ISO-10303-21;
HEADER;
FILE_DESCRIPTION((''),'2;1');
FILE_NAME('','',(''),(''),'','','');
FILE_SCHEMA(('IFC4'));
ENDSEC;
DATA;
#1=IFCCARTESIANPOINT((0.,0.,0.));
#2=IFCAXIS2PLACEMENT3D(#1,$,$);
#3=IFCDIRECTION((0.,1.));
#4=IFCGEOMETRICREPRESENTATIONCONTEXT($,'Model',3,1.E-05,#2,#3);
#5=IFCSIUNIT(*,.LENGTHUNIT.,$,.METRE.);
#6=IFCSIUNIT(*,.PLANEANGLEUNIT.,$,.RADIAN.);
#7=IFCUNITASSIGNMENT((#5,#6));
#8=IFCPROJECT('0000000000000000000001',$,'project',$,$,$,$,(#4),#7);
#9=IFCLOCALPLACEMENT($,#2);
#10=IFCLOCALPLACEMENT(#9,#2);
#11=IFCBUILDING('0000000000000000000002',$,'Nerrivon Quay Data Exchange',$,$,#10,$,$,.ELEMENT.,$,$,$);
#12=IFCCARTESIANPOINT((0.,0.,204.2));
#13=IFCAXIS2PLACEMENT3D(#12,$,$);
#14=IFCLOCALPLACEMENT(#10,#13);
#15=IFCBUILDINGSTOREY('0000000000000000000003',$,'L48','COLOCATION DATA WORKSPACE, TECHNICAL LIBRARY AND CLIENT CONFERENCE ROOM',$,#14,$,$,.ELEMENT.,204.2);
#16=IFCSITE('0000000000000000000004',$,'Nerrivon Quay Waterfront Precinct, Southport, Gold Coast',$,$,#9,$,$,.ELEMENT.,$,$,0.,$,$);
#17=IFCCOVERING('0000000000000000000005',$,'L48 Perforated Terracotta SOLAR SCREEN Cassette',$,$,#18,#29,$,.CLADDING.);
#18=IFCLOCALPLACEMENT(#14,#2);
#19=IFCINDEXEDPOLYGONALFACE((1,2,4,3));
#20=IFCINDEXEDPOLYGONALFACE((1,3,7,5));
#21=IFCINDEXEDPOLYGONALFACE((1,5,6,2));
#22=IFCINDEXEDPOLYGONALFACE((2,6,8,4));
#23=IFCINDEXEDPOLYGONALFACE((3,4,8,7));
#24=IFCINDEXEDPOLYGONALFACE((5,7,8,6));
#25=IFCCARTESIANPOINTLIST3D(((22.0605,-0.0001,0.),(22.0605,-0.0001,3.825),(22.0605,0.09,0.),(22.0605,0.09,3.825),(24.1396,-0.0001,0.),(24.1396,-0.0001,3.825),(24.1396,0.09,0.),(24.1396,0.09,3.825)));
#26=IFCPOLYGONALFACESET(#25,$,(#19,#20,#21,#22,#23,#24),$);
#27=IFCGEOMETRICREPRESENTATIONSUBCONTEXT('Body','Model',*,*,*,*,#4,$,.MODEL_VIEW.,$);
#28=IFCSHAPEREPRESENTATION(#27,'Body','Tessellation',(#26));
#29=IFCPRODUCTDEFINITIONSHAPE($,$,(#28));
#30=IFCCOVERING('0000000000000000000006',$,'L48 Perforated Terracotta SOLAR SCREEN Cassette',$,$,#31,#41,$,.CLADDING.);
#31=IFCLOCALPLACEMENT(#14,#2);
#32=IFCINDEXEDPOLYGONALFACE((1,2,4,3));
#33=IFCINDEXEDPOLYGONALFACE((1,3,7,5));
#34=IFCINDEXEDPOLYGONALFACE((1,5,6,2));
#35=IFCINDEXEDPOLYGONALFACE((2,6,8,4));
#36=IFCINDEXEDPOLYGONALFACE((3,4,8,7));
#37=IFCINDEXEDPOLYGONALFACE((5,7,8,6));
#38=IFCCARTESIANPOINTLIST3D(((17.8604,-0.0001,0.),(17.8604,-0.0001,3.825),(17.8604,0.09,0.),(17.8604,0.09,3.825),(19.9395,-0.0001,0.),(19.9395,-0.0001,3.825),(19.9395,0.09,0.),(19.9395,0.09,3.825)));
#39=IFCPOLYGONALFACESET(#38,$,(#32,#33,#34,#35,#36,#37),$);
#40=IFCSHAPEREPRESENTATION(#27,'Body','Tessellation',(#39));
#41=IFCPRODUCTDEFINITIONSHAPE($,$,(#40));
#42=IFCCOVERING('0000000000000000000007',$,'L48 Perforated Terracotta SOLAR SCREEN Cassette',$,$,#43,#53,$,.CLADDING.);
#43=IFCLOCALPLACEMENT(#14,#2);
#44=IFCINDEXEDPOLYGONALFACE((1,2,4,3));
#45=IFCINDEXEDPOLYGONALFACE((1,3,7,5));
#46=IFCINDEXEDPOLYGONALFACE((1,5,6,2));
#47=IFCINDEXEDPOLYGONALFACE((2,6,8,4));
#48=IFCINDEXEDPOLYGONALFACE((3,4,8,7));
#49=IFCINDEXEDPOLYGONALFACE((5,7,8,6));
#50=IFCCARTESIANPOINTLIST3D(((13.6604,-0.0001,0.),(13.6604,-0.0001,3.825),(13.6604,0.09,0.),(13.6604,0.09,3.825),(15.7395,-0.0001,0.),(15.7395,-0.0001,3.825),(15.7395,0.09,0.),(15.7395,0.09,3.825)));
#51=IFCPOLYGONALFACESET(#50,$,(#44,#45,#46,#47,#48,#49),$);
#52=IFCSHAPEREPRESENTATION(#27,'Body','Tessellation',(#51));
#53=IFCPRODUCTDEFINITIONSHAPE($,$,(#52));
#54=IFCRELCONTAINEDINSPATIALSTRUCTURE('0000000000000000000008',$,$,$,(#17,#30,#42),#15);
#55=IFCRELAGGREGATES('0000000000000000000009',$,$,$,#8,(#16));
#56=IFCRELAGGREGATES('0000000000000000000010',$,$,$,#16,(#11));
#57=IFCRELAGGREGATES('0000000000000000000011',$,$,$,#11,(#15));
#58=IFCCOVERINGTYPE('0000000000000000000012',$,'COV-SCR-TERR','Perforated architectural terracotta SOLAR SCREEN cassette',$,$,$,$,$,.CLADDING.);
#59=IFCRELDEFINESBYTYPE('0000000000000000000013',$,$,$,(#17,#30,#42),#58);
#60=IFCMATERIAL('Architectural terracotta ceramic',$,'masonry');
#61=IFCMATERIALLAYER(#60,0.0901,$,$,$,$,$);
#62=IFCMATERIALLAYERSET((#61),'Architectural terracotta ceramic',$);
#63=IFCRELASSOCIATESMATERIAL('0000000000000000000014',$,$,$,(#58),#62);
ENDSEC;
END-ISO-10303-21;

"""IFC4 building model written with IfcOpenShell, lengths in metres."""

from ifc_helpers import new_model, si_unit, direction, frame, origin, origin_2d, place, context, subcontext, project, spatial, rectangle, extrude, material, layer, layer_set, type_object, element, save


model = new_model("IFC4")

# Units and contexts
model_context = context("Model", 3, precision=1e-05, world=origin(), true_north=direction((0.0, 1.0)))
body_context = subcontext(model_context, "Body", "Model", "MODEL_VIEW")
ifc_project = project(units=[si_unit("LENGTHUNIT", "METRE"), si_unit("PLANEANGLEUNIT", "RADIAN")], contexts=[model_context])

# Site, building, storey
site_placement = place(None, origin())
site = spatial("IfcSite", under=ifc_project, at=site_placement, Name="Nerrivon Quay Waterfront Precinct, Southport, Gold Coast", CompositionType="ELEMENT", RefElevation=0.0)
building_placement = place(site_placement, origin())
building = spatial("IfcBuilding", under=site, at=building_placement, Name="Nerrivon Quay Data Exchange", CompositionType="ELEMENT")
storey_placement = place(building_placement, frame((0.0, 0.0, 204.2)))
storey = spatial("IfcBuildingStorey", under=building, at=storey_placement, Name="L48", Description="COLOCATION DATA WORKSPACE, TECHNICAL LIBRARY AND CLIENT CONFERENCE ROOM", CompositionType="ELEMENT", Elevation=204.2)

# Coverings
ifc_material_1 = material(Name="Architectural terracotta ceramic", Category="masonry")
ifc_layer_1 = layer(ifc_material_1, 0.0901)
ifc_layer_set_1 = layer_set([ifc_layer_1], Name="Architectural terracotta ceramic")
covering_type = type_object("IfcCoveringType", Name="COV-SCR-TERR", Description="Perforated architectural terracotta SOLAR SCREEN cassette", PredefinedType="CLADDING", material=ifc_layer_set_1)
for number, where, z_axis, x_axis, name in (
    (1, (23.1001, 0.0449, 0.0), (0.0, 0.0, 1.0), (-1.0, 0.0, 0.0), "L48 Perforated Terracotta SOLAR SCREEN Cassette"),
    (2, (18.8999, 0.0449, 0.0), (0.0, 0.0, 1.0), (-1.0, 0.0, 0.0), "L48 Perforated Terracotta SOLAR SCREEN Cassette"),
    (3, (14.7, 0.0449, 0.0), (0.0, 0.0, 1.0), (-1.0, 0.0, 0.0), "L48 Perforated Terracotta SOLAR SCREEN Cassette"),
):
    element("IfcCovering", number, at=place(storey_placement, frame(where, z_axis=z_axis, x_axis=x_axis)), inside=storey, type_object=covering_type, Name=name, PredefinedType="CLADDING", context=body_context, shape_type="SweptSolid", body=[
        extrude(rectangle(XDim=2.0791, YDim=0.0901, at=origin_2d()), origin(), (0.0, 0.0, 1.0), 3.825),
    ])

save(model, "model.ifc")
